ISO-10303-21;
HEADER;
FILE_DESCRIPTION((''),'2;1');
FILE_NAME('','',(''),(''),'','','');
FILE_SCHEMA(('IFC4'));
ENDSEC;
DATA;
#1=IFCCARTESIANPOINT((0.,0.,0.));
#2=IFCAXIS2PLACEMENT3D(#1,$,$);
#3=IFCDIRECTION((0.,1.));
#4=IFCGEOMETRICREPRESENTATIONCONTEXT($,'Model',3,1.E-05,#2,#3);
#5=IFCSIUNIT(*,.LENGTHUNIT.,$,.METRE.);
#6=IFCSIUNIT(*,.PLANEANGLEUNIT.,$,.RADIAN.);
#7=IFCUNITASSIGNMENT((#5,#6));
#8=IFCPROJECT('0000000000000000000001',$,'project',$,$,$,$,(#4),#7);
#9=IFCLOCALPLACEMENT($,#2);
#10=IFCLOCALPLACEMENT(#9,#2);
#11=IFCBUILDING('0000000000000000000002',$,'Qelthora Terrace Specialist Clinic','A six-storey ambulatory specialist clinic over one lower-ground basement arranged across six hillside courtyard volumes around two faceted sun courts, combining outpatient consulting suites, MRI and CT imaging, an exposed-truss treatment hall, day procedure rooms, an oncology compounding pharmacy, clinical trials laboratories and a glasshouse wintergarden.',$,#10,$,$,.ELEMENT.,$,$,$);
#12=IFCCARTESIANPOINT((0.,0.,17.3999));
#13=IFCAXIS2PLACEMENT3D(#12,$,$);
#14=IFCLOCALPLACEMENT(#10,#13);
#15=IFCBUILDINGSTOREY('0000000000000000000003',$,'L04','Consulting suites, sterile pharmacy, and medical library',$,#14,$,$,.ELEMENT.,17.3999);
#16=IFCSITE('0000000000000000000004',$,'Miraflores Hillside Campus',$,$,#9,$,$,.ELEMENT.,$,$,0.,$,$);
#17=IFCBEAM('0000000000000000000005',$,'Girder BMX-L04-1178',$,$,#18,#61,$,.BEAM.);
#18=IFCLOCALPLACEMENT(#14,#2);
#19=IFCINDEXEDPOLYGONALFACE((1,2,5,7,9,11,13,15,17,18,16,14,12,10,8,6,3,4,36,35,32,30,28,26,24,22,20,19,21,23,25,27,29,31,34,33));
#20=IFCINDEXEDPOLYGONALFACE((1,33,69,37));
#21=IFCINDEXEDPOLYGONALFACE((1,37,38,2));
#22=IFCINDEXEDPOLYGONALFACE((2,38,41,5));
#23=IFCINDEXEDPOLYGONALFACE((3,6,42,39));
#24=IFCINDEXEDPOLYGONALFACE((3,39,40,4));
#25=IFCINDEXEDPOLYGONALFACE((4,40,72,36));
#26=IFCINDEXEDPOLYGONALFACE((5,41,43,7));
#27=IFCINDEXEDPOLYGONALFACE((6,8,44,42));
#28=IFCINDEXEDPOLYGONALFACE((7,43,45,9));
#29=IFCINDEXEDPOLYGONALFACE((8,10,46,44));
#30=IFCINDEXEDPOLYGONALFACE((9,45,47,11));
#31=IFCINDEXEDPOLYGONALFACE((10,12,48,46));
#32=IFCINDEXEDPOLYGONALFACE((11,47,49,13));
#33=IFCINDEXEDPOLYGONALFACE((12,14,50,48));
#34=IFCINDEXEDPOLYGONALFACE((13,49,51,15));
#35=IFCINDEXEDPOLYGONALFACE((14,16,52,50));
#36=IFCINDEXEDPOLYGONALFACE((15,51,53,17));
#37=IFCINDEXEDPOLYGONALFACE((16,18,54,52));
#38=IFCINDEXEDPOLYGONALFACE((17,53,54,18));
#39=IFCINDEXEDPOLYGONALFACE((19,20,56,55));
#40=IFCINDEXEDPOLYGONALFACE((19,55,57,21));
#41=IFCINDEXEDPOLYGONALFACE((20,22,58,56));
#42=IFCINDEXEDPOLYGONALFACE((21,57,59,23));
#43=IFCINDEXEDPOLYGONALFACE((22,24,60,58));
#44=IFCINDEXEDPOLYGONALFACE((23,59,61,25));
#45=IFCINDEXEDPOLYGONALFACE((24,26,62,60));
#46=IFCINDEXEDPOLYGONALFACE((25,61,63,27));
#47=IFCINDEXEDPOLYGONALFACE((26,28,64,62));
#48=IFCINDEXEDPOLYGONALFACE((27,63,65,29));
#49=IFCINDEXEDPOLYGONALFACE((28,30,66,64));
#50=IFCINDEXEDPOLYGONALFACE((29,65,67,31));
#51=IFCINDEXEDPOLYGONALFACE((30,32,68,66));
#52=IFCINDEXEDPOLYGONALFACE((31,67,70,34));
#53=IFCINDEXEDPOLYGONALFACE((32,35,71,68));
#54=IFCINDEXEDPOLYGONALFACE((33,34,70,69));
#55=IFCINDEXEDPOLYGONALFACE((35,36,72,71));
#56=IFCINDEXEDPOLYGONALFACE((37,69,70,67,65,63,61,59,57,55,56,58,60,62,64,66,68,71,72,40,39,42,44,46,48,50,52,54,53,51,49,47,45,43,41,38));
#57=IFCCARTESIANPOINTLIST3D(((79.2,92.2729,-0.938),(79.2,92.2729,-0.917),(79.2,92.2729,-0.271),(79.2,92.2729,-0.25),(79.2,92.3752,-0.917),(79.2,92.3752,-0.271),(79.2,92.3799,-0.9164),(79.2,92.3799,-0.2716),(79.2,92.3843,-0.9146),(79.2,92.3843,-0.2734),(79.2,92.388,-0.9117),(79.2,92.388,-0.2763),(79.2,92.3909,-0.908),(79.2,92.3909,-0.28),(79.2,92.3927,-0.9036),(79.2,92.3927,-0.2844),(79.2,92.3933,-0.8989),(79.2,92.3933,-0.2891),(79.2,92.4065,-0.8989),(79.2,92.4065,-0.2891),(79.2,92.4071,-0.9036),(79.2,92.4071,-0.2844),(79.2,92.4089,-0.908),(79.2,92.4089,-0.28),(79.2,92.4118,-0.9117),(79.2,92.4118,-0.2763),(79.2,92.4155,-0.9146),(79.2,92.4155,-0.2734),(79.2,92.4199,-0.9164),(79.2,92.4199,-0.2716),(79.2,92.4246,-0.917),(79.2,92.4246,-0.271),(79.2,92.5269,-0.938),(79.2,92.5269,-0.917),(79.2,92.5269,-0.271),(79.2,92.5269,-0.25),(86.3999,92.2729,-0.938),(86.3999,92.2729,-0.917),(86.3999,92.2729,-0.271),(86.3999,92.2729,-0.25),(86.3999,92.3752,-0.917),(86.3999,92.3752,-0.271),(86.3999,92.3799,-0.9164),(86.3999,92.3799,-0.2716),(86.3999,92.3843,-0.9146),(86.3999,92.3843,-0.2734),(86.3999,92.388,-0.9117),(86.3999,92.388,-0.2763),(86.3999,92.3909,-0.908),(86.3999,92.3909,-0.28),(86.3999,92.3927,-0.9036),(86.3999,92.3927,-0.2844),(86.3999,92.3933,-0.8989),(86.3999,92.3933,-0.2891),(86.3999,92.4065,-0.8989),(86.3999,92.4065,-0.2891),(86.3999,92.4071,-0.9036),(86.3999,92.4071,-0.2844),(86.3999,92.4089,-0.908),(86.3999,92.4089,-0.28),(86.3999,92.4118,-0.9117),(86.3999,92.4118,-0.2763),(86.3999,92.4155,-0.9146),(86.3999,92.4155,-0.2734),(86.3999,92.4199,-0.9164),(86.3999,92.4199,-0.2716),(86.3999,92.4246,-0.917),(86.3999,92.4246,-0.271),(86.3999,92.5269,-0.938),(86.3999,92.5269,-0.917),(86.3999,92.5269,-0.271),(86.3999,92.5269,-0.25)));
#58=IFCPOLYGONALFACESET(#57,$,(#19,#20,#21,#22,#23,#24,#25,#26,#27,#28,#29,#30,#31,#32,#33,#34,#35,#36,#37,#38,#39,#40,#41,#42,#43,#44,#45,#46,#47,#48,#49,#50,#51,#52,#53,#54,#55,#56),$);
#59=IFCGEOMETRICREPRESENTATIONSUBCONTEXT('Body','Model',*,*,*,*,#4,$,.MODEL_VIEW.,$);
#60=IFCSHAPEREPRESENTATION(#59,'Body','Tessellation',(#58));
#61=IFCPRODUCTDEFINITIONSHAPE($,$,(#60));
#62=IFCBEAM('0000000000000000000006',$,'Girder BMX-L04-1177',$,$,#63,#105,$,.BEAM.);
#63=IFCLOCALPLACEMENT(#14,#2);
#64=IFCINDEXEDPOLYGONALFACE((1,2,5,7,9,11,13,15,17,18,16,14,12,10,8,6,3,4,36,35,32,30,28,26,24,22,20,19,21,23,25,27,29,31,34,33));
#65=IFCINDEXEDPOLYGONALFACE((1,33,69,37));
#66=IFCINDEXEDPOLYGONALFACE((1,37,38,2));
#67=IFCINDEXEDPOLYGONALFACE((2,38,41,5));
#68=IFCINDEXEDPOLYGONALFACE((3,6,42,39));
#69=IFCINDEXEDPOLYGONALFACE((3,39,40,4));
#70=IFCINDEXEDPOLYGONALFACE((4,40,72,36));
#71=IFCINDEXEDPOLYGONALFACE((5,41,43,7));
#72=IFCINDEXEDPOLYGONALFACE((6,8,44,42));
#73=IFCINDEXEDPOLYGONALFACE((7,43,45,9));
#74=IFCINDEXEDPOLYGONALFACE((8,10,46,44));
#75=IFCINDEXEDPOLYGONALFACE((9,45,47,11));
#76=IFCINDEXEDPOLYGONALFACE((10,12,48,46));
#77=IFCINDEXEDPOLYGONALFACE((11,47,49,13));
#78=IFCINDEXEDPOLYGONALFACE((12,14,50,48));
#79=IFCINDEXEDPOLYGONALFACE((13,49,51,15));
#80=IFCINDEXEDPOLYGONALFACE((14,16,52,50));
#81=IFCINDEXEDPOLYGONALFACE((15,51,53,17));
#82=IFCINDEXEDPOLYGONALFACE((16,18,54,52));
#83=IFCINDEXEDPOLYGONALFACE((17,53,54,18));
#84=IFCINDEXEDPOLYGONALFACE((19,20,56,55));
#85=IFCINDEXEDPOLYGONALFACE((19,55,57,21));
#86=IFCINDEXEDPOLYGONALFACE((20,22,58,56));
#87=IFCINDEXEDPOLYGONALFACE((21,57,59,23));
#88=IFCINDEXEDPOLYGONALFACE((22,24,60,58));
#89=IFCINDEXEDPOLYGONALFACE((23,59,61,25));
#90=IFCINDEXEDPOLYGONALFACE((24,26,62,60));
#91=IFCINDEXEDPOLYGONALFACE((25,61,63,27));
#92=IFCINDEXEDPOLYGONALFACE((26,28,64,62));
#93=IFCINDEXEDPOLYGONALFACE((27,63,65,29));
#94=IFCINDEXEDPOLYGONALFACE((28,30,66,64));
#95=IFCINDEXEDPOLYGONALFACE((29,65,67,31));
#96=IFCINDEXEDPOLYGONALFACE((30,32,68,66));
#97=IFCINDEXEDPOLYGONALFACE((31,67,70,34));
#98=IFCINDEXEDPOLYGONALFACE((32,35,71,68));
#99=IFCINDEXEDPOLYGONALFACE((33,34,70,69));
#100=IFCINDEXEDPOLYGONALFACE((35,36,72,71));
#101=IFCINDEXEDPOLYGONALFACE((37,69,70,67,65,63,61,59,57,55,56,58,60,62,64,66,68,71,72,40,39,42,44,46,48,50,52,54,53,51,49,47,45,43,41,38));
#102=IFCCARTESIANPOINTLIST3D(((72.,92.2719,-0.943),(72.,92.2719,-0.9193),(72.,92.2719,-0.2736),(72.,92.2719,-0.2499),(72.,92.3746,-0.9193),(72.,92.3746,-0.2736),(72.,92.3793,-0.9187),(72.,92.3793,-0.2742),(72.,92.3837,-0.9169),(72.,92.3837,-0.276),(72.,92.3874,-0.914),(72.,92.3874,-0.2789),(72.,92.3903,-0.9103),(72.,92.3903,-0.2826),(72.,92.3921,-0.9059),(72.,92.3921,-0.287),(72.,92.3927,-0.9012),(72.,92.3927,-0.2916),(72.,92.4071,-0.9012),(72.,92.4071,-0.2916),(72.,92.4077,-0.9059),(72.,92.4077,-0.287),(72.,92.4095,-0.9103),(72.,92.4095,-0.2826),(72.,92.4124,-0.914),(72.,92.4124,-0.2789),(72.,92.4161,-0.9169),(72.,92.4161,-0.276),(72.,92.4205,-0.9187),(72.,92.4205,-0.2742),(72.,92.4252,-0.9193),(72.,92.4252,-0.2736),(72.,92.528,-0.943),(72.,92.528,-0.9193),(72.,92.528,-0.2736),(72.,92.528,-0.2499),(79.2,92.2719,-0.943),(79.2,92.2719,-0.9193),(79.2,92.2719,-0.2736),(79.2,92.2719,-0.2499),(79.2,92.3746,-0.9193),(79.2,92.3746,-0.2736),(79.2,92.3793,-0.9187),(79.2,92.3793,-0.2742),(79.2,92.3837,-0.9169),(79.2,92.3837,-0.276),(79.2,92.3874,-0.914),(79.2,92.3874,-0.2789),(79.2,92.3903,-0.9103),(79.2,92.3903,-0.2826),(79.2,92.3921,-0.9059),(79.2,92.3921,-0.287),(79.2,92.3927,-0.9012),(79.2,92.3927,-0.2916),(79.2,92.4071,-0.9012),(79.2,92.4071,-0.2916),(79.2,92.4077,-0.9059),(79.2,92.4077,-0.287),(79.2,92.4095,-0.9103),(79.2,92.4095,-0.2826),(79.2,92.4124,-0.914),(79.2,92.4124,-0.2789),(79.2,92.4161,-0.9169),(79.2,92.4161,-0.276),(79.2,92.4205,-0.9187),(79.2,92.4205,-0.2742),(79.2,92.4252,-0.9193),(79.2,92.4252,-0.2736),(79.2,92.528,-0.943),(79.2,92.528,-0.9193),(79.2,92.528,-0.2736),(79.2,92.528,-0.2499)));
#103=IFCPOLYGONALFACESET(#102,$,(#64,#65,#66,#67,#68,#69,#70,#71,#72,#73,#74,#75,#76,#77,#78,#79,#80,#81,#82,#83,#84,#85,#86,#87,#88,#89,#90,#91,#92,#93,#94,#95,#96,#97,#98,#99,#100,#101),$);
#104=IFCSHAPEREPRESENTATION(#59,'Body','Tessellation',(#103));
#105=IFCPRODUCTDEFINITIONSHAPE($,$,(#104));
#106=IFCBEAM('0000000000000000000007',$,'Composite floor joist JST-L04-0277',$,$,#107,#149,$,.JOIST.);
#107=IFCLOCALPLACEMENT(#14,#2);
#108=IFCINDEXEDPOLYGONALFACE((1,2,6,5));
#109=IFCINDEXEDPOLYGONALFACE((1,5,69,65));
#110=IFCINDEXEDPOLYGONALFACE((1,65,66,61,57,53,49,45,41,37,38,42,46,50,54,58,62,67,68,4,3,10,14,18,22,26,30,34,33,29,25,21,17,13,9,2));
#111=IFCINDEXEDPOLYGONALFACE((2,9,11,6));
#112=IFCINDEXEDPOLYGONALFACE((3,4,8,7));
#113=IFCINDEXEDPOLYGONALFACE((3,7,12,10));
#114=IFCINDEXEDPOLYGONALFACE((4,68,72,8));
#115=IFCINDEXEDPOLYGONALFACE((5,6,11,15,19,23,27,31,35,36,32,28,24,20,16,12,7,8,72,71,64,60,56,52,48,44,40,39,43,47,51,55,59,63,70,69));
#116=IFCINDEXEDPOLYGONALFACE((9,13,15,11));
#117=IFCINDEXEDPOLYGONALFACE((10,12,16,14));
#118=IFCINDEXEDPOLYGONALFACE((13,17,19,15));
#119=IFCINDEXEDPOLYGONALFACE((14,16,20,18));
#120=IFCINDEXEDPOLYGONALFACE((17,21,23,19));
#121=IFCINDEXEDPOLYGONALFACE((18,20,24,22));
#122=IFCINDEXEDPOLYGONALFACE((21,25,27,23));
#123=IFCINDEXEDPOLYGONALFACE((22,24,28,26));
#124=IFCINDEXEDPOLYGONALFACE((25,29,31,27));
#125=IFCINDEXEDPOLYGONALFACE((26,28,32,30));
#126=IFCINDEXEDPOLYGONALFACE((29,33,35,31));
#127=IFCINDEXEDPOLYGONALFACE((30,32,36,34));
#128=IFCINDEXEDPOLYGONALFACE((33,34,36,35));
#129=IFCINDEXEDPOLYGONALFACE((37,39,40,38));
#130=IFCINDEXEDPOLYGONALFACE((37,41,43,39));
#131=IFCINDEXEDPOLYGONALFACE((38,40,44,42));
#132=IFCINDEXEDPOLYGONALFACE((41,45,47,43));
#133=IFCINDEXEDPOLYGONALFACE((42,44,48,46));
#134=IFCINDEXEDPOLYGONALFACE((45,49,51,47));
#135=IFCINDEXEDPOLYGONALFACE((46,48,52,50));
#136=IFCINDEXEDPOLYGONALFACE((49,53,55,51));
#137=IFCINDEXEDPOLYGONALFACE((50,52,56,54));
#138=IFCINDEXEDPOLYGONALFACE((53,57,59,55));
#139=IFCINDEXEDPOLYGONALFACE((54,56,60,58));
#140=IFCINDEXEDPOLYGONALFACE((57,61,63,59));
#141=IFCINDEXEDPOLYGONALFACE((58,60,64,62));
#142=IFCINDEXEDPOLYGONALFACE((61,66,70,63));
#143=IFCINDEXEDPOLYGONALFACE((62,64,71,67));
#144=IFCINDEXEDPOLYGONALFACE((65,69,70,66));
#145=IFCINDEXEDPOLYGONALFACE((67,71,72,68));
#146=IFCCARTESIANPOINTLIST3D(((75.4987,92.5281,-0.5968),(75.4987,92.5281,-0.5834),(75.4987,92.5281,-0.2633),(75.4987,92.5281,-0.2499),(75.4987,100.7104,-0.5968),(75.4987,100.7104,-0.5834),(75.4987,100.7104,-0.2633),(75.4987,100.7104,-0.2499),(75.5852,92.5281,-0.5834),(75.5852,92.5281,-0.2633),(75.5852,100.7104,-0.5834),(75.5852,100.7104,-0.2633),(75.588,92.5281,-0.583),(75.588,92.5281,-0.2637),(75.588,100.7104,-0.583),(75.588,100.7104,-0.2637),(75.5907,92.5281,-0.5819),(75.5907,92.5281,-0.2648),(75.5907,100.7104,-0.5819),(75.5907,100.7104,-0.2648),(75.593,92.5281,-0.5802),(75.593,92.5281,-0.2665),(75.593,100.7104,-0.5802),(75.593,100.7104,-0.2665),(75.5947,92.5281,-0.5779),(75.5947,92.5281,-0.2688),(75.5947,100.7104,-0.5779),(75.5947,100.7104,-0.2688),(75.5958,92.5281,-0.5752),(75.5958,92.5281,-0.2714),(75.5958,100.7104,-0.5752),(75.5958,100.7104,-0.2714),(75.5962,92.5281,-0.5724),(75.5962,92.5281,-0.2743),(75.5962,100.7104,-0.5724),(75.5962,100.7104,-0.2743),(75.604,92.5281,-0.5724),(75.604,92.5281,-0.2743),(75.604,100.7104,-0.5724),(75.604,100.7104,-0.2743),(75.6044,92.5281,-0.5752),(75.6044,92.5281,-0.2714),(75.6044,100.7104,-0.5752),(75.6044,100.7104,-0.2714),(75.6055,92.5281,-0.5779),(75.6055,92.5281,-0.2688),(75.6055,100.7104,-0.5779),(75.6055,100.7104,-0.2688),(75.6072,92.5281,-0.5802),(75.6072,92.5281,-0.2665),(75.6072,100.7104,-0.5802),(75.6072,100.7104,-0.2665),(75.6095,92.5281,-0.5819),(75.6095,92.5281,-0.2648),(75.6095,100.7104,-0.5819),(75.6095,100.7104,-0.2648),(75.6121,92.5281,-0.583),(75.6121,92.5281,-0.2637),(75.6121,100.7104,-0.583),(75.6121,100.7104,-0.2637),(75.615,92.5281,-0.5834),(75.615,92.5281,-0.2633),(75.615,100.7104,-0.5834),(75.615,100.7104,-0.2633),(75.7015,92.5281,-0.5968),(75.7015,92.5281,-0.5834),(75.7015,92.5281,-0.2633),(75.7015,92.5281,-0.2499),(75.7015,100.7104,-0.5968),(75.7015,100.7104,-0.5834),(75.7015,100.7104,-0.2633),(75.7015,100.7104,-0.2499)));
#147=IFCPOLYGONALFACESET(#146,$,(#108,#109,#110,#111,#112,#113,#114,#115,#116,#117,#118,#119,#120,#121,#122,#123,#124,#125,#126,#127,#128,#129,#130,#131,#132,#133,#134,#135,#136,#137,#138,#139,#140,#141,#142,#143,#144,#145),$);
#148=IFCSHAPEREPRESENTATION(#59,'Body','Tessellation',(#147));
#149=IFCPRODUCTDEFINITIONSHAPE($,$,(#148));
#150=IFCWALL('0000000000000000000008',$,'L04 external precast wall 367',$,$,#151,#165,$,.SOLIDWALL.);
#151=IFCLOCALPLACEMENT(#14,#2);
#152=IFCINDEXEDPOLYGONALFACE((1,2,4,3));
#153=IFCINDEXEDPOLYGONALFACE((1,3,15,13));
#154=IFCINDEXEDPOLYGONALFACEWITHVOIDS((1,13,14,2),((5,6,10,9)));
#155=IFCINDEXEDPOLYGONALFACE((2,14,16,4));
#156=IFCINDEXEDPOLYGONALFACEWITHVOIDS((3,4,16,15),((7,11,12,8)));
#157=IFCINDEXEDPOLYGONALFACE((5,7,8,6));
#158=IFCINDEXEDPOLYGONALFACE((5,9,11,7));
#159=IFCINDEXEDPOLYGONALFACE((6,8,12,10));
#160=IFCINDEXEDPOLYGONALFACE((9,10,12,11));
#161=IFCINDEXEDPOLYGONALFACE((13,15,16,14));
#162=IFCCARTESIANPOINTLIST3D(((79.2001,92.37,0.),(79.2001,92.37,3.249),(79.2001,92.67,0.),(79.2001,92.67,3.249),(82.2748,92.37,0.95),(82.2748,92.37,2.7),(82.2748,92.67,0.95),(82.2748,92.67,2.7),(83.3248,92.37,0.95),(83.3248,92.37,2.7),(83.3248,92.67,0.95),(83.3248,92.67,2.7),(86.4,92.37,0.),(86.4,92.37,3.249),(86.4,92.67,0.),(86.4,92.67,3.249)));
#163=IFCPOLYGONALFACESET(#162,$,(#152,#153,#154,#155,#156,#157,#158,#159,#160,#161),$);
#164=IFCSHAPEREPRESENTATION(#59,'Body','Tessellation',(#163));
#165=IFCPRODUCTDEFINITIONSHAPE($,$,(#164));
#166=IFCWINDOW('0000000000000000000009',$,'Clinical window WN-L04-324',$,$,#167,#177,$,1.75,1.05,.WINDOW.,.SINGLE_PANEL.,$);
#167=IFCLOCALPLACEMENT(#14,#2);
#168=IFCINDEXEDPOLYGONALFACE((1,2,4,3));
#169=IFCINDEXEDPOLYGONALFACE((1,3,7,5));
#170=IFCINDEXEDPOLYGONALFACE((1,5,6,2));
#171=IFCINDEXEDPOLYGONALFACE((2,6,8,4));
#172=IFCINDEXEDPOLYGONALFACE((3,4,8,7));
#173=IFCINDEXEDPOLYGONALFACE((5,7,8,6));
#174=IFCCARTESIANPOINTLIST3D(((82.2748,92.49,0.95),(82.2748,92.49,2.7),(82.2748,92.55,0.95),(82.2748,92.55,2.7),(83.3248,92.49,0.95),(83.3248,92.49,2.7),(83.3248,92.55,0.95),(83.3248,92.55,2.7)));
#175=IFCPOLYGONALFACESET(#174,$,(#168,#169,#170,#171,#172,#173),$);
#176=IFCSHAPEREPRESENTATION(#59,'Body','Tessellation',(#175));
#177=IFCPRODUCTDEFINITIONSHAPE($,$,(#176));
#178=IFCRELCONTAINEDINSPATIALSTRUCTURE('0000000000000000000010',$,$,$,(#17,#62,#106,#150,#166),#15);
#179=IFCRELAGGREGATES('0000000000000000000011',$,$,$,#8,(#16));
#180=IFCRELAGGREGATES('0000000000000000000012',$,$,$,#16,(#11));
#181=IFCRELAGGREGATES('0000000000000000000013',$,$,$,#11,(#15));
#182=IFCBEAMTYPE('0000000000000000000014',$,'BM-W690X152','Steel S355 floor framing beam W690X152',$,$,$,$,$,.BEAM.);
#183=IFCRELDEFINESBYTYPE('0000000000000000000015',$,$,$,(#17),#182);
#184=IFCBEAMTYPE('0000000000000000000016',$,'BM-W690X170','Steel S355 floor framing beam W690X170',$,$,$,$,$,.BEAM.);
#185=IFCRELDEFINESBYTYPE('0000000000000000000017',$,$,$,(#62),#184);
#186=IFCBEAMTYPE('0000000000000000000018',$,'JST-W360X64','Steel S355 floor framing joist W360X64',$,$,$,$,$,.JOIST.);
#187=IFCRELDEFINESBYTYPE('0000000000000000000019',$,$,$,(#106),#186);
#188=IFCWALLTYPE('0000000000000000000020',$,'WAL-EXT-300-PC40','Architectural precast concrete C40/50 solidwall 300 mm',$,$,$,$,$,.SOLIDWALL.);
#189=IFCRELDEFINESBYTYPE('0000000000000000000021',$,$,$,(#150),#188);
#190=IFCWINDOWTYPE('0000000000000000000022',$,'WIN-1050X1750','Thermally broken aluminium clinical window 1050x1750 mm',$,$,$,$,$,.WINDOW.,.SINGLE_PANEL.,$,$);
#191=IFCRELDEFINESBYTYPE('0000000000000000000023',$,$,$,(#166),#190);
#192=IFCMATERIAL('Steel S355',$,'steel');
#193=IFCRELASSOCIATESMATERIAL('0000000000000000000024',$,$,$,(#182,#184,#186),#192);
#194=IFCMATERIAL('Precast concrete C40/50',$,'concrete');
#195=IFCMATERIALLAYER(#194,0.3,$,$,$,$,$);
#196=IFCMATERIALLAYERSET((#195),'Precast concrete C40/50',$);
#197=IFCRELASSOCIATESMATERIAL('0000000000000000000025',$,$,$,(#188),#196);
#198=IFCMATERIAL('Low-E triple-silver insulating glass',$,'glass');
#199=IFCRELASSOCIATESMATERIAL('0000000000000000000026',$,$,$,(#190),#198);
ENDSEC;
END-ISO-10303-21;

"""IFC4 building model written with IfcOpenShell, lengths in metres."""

from ifc_helpers import new_model, si_unit, direction, frame, frame_2d, origin, origin_2d, place, context, subcontext, project, spatial, rectangle, i_section, extrude, material, layer, layer_set, material_profile, profile_set, type_object, element, fill, save


model = new_model("IFC4")

# Units and contexts
model_context = context("Model", 3, precision=1e-05, world=origin(), true_north=direction((0.0, 1.0)))
body_context = subcontext(model_context, "Body", "Model", "MODEL_VIEW")
ifc_project = project(units=[si_unit("LENGTHUNIT", "METRE"), si_unit("PLANEANGLEUNIT", "RADIAN")], contexts=[model_context])

# Site, building, storey
site_placement = place(None, origin())
site = spatial("IfcSite", under=ifc_project, at=site_placement, Name="Miraflores Hillside Campus", CompositionType="ELEMENT", RefElevation=0.0)
building_placement = place(site_placement, origin())
building = spatial("IfcBuilding", under=site, at=building_placement, Name="Qelthora Terrace Specialist Clinic", Description="A six-storey ambulatory specialist clinic over one lower-ground basement arranged across six hillside courtyard volumes around two faceted sun courts, combining outpatient consulting suites, MRI and CT imaging, an exposed-truss treatment hall, day procedure rooms, an oncology compounding pharmacy, clinical trials laboratories and a glasshouse wintergarden.", CompositionType="ELEMENT")
storey_placement = place(building_placement, frame((0.0, 0.0, 17.3999)))
storey = spatial("IfcBuildingStorey", under=building, at=storey_placement, Name="L04", Description="Consulting suites, sterile pharmacy, and medical library", CompositionType="ELEMENT", Elevation=17.3999)

# Shared definitions
ifc_material_1 = material(Name="Steel S355", Category="steel")

# Beams
ifc_material_profile_1 = material_profile(ifc_material_1, i_section(OverallWidth=0.2539, OverallDepth=0.688, WebThickness=0.0132, FlangeThickness=0.021, FilletRadius=0.0181, at=origin_2d()), Name="W690X152")
ifc_profile_set_1 = profile_set([ifc_material_profile_1], Name="Steel S355")
beam_type_1 = type_object("IfcBeamType", Name="BM-W690X152", Description="Steel S355 floor framing beam W690X152", PredefinedType="BEAM", material=ifc_profile_set_1)
beam_1_placement = place(storey_placement, frame((79.2, 92.3999, -0.594), z_axis=(1.0, 0.0, 0.0), x_axis=(0.0, 1.0, 0.0)))
element("IfcBeam", 1, at=beam_1_placement, inside=storey, type_object=beam_type_1, Name="Girder BMX-L04-1178", PredefinedType="BEAM", context=body_context, shape_type="SweptSolid", body=[
    extrude(i_section(OverallWidth=0.2539, OverallDepth=0.688, WebThickness=0.0132, FlangeThickness=0.021, FilletRadius=0.0181, at=origin_2d()), origin(), (0.0, 0.0, 1.0), 7.2),
])
ifc_material_profile_2 = material_profile(ifc_material_1, i_section(OverallWidth=0.2561, OverallDepth=0.6931, WebThickness=0.0144, FlangeThickness=0.0237, FilletRadius=0.0181, at=origin_2d()), Name="W690X170")
ifc_profile_set_2 = profile_set([ifc_material_profile_2], Name="Steel S355")
beam_type_2 = type_object("IfcBeamType", Name="BM-W690X170", Description="Steel S355 floor framing beam W690X170", PredefinedType="BEAM", material=ifc_profile_set_2)
beam_2_placement = place(storey_placement, frame((72.0, 92.3999, -0.5964), z_axis=(1.0, 0.0, 0.0), x_axis=(0.0, 1.0, 0.0)))
element("IfcBeam", 2, at=beam_2_placement, inside=storey, type_object=beam_type_2, Name="Girder BMX-L04-1177", PredefinedType="BEAM", context=body_context, shape_type="SweptSolid", body=[
    extrude(i_section(OverallWidth=0.2561, OverallDepth=0.6931, WebThickness=0.0144, FlangeThickness=0.0237, FilletRadius=0.0181, at=origin_2d()), origin(), (0.0, 0.0, 1.0), 7.2),
])
ifc_material_profile_3 = material_profile(ifc_material_1, i_section(OverallWidth=0.2029, OverallDepth=0.3469, WebThickness=0.0078, FlangeThickness=0.0134, FilletRadius=0.011, at=origin_2d()), Name="W360X64")
ifc_profile_set_3 = profile_set([ifc_material_profile_3], Name="Steel S355")
beam_type_3 = type_object("IfcBeamType", Name="JST-W360X64", Description="Steel S355 floor framing joist W360X64", PredefinedType="JOIST", material=ifc_profile_set_3)
beam_3_placement = place(storey_placement, frame((75.6001, 92.5281, -0.4233), z_axis=(0.0, 1.0, 0.0), x_axis=(-1.0, 0.0, 0.0)))
element("IfcBeam", 3, at=beam_3_placement, inside=storey, type_object=beam_type_3, Name="Composite floor joist JST-L04-0277", PredefinedType="JOIST", context=body_context, shape_type="SweptSolid", body=[
    extrude(i_section(OverallWidth=0.2029, OverallDepth=0.3469, WebThickness=0.0078, FlangeThickness=0.0134, FilletRadius=0.011, at=origin_2d()), origin(), (0.0, 0.0, 1.0), 8.1824),
])

# Wall, opening, window
ifc_material_2 = material(Name="Precast concrete C40/50", Category="concrete")
ifc_layer_1 = layer(ifc_material_2, 0.3)
ifc_layer_set_1 = layer_set([ifc_layer_1], Name="Precast concrete C40/50")
wall_type_1 = type_object("IfcWallType", Name="WAL-EXT-300-PC40", Description="Architectural precast concrete C40/50 solidwall 300 mm", PredefinedType="SOLIDWALL", material=ifc_layer_set_1)
wall_1_placement = place(storey_placement, frame((79.2, 92.52, 0.0), z_axis=(0.0, 0.0, 1.0), x_axis=(1.0, 0.0, 0.0)))
wall_1 = element("IfcWall", 4, at=wall_1_placement, inside=storey, type_object=wall_type_1, Name="L04 external precast wall 367", PredefinedType="SOLIDWALL", context=body_context, shape_type="SweptSolid", body=[
    extrude(rectangle(XDim=7.2, YDim=0.3, at=frame_2d((3.6001, 0.0))), origin(), (0.0, 0.0, 1.0), 3.249),
])
opening_1_placement = place(wall_1_placement, frame((3.075, 0.0, 0.95)))
opening_1 = element("IfcOpeningElement", 5, at=opening_1_placement, cuts=wall_1, PredefinedType="OPENING", context=body_context, shape_type="SweptSolid", body=[
    extrude(rectangle(XDim=1.05, YDim=1.75, at=frame_2d((0.5249, 0.875))), frame((0.0, 0.1599, 0.0), z_axis=(0.0, -1.0, 0.0), x_axis=(1.0, 0.0, 0.0)), (0.0, 0.0, 1.0), 0.3201),
])
ifc_material_3 = material(Name="Low-E triple-silver insulating glass", Category="glass")
window_type_1 = type_object("IfcWindowType", Name="WIN-1050X1750", Description="Thermally broken aluminium clinical window 1050x1750 mm", PartitioningType="SINGLE_PANEL", PredefinedType="WINDOW", material=ifc_material_3)
window_1_placement = place(opening_1_placement, origin())
window_1 = element("IfcWindow", 6, at=window_1_placement, inside=storey, type_object=window_type_1, Name="Clinical window WN-L04-324", OverallHeight=1.75, OverallWidth=1.05, PartitioningType="SINGLE_PANEL", PredefinedType="WINDOW", context=body_context, shape_type="SweptSolid", body=[
    extrude(rectangle(XDim=1.05, YDim=1.75, at=frame_2d((0.5249, 0.875))), frame((0.0, 0.03, 0.0), z_axis=(0.0, -1.0, 0.0), x_axis=(1.0, 0.0, 0.0)), (0.0, 0.0, 1.0), 0.0601),
])
fill(opening_1, window_1)

save(model, "model.ifc")
